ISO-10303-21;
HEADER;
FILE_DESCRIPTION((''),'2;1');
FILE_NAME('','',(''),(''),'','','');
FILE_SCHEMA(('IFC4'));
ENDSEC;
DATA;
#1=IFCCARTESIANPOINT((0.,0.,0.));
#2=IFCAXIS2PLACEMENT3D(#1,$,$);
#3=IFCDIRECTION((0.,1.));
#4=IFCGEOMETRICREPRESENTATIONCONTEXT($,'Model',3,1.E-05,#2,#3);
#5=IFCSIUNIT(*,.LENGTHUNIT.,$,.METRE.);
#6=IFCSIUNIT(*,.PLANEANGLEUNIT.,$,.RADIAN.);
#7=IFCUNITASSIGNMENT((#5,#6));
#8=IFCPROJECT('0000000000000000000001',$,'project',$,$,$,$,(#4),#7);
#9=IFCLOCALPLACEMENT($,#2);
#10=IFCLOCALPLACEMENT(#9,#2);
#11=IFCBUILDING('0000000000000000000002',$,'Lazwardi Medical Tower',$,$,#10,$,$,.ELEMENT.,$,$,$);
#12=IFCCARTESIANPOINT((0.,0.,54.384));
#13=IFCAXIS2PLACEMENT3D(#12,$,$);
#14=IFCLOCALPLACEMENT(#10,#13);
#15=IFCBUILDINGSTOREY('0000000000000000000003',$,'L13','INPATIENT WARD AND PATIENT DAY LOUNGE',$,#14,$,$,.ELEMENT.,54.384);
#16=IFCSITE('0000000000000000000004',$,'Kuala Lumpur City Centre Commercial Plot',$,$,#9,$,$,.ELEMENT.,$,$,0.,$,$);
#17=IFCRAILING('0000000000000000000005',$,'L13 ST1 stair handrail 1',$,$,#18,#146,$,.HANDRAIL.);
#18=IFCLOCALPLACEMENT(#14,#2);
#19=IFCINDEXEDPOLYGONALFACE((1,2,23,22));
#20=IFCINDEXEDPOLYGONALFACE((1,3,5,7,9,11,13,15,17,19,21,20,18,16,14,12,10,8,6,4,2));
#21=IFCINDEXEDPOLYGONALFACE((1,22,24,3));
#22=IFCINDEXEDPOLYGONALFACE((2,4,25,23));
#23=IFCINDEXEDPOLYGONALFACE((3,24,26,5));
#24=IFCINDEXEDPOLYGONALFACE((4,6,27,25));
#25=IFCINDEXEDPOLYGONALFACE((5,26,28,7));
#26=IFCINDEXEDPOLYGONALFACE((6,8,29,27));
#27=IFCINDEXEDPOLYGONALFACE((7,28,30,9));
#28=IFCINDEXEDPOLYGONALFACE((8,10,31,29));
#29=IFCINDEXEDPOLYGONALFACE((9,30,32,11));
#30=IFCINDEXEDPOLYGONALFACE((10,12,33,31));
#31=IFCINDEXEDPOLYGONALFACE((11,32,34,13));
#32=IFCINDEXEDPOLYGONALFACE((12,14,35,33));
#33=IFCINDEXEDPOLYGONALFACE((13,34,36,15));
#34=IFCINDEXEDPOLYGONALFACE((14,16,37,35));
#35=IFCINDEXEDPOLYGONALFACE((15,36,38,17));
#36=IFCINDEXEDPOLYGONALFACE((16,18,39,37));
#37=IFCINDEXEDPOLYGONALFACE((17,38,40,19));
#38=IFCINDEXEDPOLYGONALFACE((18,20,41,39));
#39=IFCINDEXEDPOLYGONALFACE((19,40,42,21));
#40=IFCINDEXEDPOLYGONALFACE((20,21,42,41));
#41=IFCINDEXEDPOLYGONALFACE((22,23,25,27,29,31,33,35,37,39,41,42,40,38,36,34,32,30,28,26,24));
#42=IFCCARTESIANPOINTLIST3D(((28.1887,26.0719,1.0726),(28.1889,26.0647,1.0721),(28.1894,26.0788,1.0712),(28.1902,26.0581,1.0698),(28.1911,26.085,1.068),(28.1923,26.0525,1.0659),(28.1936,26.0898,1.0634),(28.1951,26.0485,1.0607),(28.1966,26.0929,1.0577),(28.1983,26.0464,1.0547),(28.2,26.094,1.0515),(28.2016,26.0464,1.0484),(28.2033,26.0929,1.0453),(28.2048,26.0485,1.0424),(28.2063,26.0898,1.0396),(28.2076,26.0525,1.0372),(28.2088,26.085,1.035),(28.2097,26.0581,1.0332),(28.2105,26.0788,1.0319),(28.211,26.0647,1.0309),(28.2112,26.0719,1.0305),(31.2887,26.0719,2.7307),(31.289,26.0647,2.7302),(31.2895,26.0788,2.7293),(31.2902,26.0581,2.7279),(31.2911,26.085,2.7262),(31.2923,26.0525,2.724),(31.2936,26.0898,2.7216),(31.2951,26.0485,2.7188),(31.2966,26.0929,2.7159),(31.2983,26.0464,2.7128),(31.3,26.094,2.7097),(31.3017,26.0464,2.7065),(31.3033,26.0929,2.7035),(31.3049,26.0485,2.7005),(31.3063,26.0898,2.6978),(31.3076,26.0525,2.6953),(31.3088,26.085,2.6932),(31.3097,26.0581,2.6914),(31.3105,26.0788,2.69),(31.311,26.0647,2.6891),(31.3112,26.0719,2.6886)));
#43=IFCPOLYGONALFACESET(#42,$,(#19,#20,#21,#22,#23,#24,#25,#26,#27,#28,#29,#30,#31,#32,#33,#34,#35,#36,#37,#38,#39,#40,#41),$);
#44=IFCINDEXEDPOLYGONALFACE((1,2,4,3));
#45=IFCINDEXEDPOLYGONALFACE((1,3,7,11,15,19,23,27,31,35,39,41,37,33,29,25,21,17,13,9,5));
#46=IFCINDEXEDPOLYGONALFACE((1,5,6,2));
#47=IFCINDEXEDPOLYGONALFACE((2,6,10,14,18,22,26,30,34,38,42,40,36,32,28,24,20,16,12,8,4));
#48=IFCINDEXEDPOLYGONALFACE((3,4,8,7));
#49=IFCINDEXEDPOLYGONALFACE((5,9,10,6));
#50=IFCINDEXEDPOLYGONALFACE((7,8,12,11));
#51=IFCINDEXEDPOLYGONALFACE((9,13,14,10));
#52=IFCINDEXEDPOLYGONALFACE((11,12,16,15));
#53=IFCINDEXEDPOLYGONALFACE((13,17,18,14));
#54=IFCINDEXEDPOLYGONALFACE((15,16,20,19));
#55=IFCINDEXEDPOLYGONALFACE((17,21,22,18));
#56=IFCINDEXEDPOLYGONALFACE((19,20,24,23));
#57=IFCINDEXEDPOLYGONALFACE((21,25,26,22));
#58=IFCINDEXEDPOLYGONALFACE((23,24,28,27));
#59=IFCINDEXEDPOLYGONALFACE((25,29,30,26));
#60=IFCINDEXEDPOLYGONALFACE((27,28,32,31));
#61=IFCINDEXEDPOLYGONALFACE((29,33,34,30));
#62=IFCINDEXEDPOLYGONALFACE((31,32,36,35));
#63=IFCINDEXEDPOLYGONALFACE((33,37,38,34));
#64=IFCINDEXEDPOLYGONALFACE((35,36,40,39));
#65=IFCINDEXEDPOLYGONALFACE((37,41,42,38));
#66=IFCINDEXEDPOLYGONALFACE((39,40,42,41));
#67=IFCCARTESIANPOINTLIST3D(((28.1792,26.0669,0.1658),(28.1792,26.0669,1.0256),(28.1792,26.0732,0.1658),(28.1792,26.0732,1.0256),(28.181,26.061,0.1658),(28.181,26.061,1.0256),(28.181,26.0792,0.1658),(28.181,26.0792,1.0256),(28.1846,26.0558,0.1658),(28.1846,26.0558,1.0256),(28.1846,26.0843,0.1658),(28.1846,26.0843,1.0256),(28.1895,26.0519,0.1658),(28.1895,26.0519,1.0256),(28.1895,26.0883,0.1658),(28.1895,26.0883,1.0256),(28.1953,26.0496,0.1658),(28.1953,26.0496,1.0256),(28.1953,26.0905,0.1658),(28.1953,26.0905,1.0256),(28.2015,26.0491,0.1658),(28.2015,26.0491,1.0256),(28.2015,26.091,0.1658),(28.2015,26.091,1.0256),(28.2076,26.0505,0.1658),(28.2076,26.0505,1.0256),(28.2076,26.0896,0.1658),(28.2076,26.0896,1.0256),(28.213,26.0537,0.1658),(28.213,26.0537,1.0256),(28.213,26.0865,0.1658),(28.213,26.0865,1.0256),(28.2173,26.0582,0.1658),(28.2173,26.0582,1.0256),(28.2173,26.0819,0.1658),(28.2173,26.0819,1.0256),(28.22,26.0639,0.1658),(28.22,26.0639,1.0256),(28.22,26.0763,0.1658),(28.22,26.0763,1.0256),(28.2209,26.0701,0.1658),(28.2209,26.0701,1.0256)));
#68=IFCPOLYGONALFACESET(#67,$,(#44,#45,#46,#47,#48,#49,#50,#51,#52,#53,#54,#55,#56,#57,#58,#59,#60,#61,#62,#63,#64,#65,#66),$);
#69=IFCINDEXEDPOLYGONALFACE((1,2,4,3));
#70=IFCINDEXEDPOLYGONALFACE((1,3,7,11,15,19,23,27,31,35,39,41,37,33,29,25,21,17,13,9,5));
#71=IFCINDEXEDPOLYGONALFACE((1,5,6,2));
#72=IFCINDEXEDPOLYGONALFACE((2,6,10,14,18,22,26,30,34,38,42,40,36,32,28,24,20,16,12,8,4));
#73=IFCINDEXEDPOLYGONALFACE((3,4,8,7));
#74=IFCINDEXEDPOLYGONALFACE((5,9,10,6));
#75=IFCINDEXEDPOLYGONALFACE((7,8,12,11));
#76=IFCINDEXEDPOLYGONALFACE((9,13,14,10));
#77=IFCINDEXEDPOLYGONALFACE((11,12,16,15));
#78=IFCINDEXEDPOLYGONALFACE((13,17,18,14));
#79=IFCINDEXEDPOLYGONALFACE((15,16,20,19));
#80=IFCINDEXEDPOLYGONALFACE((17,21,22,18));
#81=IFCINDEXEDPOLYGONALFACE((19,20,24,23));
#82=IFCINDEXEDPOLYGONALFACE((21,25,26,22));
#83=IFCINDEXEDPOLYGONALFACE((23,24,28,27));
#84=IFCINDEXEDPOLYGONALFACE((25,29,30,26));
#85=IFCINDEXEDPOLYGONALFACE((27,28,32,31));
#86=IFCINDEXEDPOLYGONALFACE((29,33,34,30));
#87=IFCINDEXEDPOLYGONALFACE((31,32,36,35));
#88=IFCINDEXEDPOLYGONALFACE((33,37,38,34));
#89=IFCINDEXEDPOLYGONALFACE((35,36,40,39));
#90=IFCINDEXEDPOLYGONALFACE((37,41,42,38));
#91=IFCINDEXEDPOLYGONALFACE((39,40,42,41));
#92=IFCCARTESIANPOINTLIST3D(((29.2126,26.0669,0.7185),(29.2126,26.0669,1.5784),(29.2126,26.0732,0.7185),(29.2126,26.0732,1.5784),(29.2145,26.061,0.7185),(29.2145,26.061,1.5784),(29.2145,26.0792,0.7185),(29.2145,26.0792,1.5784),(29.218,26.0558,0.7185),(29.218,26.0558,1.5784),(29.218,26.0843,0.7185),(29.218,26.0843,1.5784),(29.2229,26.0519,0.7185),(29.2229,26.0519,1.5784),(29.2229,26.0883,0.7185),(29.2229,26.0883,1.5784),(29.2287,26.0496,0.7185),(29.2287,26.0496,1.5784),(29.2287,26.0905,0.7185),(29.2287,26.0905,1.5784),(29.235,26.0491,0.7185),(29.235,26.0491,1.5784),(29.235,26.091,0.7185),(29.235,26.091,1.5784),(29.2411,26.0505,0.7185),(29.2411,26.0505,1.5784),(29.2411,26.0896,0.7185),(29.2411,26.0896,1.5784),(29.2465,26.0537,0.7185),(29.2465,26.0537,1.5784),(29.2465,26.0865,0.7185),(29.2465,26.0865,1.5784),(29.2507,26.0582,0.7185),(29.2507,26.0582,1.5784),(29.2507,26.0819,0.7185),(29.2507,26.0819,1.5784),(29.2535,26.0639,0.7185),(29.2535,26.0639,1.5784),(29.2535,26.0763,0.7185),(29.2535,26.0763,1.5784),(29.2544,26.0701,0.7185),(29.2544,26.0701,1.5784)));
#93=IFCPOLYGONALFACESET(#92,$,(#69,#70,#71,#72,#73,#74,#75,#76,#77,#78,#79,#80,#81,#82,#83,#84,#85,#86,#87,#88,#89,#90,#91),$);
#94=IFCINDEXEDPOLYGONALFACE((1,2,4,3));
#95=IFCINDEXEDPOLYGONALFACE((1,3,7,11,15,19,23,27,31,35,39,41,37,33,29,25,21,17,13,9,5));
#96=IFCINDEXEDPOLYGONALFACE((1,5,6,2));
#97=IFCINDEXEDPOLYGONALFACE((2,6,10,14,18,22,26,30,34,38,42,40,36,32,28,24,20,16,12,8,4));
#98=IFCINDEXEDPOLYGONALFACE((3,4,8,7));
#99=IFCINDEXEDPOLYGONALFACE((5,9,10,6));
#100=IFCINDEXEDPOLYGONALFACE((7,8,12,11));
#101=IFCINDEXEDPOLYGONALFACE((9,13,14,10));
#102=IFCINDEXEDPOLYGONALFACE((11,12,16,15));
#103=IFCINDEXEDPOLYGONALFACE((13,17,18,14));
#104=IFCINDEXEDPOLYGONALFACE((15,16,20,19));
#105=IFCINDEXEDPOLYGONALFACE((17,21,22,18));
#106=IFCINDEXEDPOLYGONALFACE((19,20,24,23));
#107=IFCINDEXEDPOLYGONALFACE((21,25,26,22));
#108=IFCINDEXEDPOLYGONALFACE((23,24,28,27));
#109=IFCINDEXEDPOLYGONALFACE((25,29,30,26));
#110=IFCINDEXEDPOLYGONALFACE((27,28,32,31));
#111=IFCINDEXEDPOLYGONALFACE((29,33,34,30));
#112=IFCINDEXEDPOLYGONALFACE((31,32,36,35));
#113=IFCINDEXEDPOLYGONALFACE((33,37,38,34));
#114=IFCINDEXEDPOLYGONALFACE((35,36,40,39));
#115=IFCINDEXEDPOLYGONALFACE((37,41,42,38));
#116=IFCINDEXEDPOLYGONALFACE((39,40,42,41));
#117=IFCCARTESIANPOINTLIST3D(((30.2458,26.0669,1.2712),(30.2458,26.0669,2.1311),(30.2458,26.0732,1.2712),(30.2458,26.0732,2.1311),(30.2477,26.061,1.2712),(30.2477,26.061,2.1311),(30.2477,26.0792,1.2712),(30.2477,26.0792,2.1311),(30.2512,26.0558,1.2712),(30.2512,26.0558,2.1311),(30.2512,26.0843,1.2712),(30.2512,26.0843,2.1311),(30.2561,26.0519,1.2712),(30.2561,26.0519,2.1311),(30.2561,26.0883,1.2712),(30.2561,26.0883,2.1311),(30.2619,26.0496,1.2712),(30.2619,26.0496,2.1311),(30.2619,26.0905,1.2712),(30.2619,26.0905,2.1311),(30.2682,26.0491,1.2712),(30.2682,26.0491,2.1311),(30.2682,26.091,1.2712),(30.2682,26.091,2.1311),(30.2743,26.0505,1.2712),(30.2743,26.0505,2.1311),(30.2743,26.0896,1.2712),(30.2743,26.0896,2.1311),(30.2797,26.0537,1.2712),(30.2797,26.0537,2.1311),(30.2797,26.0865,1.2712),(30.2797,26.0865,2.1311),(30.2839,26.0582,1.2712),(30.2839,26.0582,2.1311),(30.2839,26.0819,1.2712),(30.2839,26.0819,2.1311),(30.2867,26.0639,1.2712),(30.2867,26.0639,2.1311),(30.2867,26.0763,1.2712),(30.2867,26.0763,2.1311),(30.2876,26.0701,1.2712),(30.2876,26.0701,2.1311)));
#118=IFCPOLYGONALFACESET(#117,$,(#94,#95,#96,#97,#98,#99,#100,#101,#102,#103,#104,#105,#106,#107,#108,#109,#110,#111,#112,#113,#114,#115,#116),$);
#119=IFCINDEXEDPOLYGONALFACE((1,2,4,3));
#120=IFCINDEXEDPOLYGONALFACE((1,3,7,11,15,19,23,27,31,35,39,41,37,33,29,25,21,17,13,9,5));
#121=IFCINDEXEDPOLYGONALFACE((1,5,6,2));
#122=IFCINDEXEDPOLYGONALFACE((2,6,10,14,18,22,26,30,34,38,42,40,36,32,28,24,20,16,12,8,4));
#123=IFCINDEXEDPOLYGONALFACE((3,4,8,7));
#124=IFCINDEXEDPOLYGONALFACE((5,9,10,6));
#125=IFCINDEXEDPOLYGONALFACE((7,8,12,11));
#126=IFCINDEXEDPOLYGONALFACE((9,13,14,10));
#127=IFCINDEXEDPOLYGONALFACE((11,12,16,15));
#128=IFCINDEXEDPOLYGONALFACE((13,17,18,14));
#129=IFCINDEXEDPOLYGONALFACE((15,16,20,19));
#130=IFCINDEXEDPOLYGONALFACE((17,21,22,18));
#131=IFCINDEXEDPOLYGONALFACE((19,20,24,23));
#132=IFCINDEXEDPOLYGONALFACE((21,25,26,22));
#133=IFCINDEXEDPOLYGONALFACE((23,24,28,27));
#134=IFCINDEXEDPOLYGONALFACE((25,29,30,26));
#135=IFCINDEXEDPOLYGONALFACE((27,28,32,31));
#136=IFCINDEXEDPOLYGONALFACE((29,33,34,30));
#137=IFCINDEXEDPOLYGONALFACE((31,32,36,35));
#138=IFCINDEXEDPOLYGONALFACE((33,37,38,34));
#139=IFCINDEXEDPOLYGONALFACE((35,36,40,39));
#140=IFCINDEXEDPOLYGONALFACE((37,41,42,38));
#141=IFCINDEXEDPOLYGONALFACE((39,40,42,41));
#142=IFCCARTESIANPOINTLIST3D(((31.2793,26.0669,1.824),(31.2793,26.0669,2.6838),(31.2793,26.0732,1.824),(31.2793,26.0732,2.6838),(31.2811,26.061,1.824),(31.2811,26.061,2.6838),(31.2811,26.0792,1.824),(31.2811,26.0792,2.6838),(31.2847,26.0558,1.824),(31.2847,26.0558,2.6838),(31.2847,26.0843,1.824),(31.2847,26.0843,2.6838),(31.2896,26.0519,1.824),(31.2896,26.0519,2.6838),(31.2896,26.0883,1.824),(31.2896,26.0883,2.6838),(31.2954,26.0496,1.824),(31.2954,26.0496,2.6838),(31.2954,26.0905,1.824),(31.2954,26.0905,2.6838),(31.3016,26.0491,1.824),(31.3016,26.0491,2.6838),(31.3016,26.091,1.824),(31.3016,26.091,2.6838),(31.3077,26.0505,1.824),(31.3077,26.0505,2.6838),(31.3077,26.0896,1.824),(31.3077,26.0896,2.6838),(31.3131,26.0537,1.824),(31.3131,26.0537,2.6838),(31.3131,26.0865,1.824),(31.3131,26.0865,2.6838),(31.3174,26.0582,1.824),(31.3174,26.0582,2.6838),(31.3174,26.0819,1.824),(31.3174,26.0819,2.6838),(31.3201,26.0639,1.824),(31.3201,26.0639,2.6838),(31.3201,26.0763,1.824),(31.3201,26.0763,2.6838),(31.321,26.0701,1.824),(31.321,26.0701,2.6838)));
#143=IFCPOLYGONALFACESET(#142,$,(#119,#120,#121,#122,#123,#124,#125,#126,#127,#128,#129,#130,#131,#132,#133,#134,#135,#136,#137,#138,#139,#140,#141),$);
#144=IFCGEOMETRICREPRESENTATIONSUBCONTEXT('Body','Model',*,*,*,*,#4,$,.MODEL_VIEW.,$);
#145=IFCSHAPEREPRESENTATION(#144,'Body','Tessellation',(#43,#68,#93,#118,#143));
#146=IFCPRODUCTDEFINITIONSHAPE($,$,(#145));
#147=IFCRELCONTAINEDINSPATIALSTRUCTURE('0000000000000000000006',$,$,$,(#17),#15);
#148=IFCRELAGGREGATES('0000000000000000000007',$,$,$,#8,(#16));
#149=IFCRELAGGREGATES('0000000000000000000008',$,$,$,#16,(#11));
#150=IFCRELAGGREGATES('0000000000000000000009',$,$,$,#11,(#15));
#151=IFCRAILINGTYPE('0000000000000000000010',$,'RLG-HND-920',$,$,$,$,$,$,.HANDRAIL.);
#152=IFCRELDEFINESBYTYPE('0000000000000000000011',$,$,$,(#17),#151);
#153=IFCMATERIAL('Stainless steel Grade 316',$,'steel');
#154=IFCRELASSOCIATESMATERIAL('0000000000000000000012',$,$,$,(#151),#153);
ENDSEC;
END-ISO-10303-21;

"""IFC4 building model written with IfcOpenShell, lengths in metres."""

from ifc_helpers import new_model, si_unit, direction, frame, origin, origin_2d, place, context, subcontext, project, spatial, circle, extrude, material, type_object, element, save


model = new_model("IFC4")

# Units and contexts
model_context = context("Model", 3, precision=1e-05, world=origin(), true_north=direction((0.0, 1.0)))
body_context = subcontext(model_context, "Body", "Model", "MODEL_VIEW")
ifc_project = project(units=[si_unit("LENGTHUNIT", "METRE"), si_unit("PLANEANGLEUNIT", "RADIAN")], contexts=[model_context])

# Site, building, storey
site_placement = place(None, origin())
site = spatial("IfcSite", under=ifc_project, at=site_placement, Name="Kuala Lumpur City Centre Commercial Plot", CompositionType="ELEMENT", RefElevation=0.0)
building_placement = place(site_placement, origin())
building = spatial("IfcBuilding", under=site, at=building_placement, Name="Lazwardi Medical Tower", CompositionType="ELEMENT")
storey_placement = place(building_placement, frame((0.0, 0.0, 54.384)))
storey = spatial("IfcBuildingStorey", under=building, at=storey_placement, Name="L13", Description="INPATIENT WARD AND PATIENT DAY LOUNGE", CompositionType="ELEMENT", Elevation=54.384)

# Railing
ifc_material_1 = material(Name="Stainless steel Grade 316", Category="steel")
railing_type_1 = type_object("IfcRailingType", Name="RLG-HND-920", PredefinedType="HANDRAIL", material=ifc_material_1)
railing_1_placement = place(storey_placement, frame((28.2, 26.0701, 0.1658)))
element("IfcRailing", 1, at=railing_1_placement, inside=storey, type_object=railing_type_1, Name="L13 ST1 stair handrail 1", PredefinedType="HANDRAIL", context=body_context, shape_type="SweptSolid", body=[
    extrude(circle(Radius=0.0239, at=origin_2d()), frame((0.0, 0.0, 0.8857), z_axis=(0.881783, 0.0, 0.471655), x_axis=(0.0, 1.0, 0.0)), (0.0, 0.0, 1.0), 3.5156),
    extrude(circle(Radius=0.021, at=origin_2d()), origin(), (0.0, 0.0, 1.0), 0.8599),
    extrude(circle(Radius=0.021, at=origin_2d()), frame((1.0334, 0.0, 0.5527)), (0.0, 0.0, 1.0), 0.8599),
    extrude(circle(Radius=0.021, at=origin_2d()), frame((2.0667, 0.0, 1.1055)), (0.0, 0.0, 1.0), 0.8599),
    extrude(circle(Radius=0.021, at=origin_2d()), frame((3.1001, 0.0, 1.6582)), (0.0, 0.0, 1.0), 0.8599),
])

save(model, "model.ifc")
